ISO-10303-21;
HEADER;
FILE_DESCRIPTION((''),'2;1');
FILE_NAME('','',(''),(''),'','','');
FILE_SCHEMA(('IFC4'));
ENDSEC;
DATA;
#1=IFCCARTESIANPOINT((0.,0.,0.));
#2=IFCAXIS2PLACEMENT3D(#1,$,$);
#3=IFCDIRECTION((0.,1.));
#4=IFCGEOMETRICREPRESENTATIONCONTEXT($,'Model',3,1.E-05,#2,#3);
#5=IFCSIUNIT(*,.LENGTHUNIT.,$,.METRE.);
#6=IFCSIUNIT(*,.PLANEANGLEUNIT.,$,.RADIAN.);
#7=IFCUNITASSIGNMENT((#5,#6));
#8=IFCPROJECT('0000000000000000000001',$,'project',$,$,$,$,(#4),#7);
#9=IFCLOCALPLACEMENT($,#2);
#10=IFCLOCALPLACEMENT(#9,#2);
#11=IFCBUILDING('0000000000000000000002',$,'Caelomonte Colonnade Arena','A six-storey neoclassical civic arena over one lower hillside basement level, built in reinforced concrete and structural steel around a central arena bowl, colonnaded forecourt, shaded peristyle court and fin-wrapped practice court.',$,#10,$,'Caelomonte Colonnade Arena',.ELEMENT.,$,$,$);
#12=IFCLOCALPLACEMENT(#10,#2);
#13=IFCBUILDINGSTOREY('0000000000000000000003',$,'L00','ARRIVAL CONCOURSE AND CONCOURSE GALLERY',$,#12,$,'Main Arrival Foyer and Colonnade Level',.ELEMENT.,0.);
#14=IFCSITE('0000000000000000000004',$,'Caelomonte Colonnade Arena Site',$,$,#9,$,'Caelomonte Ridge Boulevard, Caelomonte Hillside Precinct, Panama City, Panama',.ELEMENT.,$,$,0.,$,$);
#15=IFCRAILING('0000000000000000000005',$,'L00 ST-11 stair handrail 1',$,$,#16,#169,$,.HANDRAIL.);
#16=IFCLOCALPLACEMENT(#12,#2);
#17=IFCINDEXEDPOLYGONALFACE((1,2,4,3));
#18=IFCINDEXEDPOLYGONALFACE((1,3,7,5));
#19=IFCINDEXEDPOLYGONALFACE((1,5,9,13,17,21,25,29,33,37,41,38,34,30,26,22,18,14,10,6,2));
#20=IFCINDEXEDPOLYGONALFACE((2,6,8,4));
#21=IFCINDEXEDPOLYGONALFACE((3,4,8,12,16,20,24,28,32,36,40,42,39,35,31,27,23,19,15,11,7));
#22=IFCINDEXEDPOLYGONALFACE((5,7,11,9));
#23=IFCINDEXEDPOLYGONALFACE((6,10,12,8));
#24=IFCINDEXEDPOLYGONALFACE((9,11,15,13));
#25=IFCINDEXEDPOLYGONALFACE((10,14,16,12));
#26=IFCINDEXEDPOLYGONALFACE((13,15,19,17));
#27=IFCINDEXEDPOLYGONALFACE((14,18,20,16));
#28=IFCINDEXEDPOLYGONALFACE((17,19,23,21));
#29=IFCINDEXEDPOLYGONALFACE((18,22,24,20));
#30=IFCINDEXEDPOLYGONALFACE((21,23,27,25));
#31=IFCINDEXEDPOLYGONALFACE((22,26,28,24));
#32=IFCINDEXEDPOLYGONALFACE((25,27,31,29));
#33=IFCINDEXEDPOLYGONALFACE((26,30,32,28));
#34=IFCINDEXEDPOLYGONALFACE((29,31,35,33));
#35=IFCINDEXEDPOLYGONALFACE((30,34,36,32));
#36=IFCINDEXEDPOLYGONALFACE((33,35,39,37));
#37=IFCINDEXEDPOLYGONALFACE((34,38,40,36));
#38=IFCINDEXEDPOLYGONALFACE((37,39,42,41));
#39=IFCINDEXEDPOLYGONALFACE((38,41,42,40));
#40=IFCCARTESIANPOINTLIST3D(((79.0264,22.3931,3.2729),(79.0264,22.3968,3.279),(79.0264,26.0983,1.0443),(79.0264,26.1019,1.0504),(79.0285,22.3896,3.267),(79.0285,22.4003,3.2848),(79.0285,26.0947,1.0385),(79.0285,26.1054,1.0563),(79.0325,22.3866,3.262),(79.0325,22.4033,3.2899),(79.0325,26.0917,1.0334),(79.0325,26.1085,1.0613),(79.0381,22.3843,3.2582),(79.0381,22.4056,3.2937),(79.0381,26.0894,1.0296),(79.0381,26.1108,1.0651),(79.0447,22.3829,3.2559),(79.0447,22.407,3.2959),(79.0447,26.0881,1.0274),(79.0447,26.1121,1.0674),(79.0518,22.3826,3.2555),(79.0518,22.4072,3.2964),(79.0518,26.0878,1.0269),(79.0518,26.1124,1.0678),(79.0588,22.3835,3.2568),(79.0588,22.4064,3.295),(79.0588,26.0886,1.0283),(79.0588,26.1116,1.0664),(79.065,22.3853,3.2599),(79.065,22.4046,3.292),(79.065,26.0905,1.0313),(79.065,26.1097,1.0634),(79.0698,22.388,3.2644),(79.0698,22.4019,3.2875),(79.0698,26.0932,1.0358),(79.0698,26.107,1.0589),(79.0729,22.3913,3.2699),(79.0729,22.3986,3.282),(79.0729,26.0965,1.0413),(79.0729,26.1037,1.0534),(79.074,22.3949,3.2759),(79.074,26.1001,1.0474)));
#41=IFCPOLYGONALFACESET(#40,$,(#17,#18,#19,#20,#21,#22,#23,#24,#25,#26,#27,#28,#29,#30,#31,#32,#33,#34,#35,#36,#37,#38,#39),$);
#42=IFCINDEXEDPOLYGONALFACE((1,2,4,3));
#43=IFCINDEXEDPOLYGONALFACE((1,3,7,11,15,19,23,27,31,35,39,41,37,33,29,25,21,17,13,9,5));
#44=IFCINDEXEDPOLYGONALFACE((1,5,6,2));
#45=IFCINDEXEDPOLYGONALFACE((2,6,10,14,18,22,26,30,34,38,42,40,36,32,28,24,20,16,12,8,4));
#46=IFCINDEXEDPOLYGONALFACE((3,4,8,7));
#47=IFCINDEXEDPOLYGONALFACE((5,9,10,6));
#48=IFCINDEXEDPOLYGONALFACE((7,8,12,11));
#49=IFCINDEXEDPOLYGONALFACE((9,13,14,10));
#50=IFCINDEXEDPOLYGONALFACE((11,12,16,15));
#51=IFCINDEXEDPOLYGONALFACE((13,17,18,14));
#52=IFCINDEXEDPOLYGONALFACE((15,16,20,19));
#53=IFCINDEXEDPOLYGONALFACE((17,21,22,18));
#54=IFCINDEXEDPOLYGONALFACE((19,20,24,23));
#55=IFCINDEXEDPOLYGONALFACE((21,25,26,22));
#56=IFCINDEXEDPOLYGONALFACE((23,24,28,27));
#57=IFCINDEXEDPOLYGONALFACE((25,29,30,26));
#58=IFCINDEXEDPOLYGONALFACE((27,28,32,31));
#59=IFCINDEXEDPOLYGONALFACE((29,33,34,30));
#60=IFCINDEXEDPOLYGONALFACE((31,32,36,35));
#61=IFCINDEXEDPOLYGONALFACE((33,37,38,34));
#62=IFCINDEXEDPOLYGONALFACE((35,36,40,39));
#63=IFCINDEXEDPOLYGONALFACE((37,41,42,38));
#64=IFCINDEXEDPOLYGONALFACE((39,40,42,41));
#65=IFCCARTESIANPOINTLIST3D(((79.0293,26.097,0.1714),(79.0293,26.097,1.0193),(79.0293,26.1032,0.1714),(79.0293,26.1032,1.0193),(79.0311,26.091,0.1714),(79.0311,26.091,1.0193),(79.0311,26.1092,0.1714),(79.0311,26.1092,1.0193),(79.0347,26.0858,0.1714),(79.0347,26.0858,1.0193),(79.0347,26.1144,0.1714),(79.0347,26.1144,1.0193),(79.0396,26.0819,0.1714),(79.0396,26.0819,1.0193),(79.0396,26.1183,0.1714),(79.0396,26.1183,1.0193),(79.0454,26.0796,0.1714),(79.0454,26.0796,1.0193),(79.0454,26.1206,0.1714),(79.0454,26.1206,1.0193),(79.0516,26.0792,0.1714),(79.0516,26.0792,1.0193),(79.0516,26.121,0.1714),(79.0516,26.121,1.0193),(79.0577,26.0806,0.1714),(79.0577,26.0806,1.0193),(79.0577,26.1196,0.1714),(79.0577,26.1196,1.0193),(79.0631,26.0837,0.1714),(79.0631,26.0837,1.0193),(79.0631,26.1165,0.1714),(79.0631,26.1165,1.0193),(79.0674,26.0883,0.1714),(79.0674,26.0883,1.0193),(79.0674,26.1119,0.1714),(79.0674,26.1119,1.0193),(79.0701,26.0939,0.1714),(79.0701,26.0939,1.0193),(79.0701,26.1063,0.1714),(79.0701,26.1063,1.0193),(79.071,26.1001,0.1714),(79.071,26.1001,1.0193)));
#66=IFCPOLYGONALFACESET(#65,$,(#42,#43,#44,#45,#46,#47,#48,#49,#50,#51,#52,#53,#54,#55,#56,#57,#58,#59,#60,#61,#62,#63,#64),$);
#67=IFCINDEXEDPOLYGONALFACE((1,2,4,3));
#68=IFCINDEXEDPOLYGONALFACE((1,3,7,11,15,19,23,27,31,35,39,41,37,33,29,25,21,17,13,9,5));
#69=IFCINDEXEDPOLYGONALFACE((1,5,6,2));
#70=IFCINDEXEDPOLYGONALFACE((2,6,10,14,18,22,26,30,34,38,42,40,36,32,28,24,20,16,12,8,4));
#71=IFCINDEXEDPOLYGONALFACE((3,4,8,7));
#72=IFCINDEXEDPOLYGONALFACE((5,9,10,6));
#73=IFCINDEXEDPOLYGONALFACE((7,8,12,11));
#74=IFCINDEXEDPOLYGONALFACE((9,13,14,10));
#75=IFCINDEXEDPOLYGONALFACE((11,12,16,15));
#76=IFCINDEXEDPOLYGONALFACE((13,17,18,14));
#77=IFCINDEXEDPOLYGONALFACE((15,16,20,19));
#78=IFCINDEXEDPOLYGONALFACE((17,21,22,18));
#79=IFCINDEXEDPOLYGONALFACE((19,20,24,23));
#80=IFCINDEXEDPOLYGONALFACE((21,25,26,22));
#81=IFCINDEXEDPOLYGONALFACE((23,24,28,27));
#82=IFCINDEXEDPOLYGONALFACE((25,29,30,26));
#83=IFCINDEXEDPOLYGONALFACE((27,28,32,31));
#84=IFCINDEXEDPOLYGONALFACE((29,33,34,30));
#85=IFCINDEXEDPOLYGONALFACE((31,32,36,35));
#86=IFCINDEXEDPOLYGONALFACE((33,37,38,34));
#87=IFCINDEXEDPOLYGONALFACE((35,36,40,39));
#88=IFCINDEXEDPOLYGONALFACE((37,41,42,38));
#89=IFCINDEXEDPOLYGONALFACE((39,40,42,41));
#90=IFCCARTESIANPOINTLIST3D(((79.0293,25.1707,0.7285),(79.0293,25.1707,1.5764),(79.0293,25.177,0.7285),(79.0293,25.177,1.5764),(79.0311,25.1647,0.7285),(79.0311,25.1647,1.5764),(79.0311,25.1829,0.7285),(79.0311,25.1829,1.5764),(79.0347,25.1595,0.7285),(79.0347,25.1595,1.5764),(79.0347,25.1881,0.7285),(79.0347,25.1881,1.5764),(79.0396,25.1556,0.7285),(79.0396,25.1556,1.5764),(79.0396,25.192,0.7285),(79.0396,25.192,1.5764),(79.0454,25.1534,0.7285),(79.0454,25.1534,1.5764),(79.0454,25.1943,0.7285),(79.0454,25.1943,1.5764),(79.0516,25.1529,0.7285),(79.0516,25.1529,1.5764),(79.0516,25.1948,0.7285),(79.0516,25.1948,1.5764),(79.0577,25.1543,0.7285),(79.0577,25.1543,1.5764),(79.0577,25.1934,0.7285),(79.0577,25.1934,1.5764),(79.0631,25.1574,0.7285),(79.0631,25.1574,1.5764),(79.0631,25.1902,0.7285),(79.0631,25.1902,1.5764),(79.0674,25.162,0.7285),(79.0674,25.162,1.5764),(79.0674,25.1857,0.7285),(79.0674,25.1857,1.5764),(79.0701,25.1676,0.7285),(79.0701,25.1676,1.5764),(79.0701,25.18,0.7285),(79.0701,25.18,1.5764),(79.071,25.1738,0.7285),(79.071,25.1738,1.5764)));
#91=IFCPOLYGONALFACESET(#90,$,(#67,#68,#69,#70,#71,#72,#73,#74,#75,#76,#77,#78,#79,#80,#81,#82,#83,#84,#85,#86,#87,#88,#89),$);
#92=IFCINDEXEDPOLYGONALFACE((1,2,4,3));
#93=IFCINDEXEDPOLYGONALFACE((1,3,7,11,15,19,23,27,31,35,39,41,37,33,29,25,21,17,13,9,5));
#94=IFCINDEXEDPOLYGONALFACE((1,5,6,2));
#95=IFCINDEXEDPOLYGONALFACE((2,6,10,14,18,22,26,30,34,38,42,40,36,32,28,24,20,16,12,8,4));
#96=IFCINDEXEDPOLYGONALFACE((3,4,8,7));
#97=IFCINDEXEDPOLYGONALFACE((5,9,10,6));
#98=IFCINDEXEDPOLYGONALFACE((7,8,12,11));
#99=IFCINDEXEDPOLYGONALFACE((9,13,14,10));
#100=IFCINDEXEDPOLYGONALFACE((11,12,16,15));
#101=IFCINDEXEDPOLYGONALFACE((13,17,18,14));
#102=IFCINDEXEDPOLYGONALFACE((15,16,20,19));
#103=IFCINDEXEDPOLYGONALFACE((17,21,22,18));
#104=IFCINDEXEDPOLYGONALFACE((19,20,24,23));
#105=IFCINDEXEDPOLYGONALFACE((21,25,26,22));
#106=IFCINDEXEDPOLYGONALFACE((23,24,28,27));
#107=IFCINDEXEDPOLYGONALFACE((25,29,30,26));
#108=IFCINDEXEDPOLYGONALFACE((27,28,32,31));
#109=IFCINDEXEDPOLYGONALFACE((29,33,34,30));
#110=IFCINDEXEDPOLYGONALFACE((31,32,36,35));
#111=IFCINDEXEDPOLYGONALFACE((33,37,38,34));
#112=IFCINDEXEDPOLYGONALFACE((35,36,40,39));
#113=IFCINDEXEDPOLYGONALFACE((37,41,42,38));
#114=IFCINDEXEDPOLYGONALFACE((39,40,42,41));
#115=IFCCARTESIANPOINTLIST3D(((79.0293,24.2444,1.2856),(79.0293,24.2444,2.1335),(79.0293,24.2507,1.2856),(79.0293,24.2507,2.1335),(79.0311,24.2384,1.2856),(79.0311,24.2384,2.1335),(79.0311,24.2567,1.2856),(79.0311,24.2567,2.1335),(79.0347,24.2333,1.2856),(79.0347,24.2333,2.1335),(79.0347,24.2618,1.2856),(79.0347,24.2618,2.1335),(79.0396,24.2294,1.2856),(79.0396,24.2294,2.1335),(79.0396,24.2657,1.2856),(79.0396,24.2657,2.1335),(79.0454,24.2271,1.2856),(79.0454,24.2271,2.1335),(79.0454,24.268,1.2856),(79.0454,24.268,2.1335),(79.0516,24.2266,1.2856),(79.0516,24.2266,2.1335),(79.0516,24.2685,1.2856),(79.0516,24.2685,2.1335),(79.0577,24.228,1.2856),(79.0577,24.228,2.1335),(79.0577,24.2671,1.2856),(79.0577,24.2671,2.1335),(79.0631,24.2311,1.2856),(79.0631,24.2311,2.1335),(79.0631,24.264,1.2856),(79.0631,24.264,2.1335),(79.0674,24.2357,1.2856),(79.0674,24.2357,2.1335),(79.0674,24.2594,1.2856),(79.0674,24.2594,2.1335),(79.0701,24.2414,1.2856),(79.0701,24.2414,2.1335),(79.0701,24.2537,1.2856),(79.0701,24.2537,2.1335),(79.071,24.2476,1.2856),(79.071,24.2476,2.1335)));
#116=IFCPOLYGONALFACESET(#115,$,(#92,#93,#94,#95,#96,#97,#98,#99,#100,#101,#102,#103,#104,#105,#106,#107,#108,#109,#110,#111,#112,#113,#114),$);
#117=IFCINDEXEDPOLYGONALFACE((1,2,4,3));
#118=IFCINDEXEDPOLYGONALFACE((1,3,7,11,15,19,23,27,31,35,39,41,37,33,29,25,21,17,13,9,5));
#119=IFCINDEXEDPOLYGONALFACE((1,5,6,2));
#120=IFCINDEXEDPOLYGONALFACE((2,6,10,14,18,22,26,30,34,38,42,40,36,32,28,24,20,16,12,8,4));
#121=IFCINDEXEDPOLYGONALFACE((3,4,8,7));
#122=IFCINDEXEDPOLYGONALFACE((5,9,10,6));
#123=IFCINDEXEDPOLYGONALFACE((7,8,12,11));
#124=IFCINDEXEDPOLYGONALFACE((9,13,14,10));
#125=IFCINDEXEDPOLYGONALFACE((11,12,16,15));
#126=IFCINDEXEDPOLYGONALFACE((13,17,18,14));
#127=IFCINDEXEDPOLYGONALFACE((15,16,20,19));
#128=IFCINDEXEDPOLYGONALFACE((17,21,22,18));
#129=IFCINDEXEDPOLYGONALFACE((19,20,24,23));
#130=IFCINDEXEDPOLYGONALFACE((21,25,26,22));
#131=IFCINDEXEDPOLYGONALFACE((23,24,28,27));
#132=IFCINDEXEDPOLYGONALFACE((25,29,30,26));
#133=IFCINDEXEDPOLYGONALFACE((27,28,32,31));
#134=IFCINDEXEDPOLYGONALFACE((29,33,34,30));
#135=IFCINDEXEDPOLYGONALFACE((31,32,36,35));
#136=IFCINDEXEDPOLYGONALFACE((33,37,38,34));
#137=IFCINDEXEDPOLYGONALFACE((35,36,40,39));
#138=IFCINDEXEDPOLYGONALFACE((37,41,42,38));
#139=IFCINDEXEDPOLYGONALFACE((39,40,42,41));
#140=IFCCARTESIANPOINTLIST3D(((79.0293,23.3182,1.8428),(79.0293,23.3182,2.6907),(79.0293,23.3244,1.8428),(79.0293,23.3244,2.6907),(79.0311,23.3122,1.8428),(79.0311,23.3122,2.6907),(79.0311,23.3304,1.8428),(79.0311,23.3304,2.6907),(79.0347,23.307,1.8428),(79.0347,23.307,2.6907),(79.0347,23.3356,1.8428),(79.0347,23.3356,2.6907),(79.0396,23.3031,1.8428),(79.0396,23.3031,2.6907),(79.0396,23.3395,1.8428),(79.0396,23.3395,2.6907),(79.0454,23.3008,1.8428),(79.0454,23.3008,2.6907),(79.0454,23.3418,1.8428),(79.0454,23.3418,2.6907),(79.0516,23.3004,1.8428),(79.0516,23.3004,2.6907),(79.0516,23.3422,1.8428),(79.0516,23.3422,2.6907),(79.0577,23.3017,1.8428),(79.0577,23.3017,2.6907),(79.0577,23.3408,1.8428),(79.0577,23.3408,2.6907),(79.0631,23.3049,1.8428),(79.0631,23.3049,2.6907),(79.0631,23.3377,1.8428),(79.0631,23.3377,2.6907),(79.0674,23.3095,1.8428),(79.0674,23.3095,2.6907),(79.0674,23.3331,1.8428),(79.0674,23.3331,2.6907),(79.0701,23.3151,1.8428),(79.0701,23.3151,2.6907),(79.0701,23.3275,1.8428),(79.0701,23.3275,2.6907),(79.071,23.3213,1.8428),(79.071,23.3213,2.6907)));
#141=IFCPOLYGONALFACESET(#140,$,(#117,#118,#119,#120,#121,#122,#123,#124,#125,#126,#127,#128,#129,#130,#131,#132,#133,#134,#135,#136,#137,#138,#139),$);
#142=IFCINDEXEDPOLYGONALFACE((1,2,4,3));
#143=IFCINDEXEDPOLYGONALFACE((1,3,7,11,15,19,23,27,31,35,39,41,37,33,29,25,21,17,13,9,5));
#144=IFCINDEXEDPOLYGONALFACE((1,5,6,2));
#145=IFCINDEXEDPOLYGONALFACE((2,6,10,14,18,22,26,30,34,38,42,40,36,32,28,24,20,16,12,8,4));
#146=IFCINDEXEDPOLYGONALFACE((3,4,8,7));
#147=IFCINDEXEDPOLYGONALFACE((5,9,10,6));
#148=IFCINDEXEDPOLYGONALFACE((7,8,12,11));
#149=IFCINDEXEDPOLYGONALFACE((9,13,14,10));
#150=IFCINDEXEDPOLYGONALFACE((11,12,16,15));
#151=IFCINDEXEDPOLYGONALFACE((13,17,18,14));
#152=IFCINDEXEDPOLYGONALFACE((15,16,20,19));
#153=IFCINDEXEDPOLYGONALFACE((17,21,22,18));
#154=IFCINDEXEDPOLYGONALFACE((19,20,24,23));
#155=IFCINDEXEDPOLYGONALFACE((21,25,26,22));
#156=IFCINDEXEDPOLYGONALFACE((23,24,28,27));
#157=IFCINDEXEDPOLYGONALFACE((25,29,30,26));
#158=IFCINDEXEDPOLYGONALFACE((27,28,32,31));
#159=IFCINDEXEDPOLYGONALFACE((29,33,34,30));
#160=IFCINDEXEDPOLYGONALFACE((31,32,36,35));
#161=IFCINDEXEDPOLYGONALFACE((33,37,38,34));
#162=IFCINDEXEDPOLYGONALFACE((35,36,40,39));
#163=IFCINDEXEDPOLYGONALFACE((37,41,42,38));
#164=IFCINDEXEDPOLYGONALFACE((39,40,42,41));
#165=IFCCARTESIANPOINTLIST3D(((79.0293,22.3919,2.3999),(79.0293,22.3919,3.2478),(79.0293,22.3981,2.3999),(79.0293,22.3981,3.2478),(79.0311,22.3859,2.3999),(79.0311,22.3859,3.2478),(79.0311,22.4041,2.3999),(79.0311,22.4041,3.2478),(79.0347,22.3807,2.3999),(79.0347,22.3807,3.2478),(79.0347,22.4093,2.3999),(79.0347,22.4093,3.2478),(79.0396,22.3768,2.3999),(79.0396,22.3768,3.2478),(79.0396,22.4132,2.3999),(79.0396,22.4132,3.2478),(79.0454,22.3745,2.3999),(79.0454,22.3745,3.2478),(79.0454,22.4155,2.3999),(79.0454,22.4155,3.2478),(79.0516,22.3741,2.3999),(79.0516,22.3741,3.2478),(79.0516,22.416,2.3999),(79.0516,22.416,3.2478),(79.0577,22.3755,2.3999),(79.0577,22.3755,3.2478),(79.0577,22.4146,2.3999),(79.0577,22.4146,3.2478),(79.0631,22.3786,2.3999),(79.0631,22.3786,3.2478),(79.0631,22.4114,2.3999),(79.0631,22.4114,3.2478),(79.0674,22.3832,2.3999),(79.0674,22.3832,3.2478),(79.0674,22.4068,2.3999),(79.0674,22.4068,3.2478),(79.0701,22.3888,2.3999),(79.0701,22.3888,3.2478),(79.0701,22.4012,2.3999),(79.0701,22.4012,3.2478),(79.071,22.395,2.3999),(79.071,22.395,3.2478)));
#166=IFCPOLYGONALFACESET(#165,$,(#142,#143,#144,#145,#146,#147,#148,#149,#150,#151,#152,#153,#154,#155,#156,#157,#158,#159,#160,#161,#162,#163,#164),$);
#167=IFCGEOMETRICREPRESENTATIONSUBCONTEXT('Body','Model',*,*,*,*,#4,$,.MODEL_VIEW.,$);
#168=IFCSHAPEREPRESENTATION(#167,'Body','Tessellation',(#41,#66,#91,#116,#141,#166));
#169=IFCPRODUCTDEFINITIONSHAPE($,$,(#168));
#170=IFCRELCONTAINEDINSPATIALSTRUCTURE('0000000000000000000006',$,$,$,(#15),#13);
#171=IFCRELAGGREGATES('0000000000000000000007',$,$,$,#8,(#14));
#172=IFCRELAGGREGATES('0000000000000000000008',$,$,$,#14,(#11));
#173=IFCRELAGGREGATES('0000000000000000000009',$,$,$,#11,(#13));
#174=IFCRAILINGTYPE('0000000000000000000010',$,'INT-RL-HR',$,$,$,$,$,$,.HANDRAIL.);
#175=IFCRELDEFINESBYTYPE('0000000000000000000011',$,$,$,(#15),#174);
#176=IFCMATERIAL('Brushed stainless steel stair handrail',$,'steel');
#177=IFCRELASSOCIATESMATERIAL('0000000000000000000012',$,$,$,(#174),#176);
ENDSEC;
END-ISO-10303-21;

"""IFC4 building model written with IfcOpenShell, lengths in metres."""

from ifc_helpers import new_model, si_unit, direction, frame, origin, origin_2d, place, context, subcontext, project, spatial, circle, extrude, material, type_object, element, save


model = new_model("IFC4")

# Units and contexts
model_context = context("Model", 3, precision=1e-05, world=origin(), true_north=direction((0.0, 1.0)))
body_context = subcontext(model_context, "Body", "Model", "MODEL_VIEW")
ifc_project = project(units=[si_unit("LENGTHUNIT", "METRE"), si_unit("PLANEANGLEUNIT", "RADIAN")], contexts=[model_context])

# Site, building, storey
site_placement = place(None, origin())
site = spatial("IfcSite", under=ifc_project, at=site_placement, Name="Caelomonte Colonnade Arena Site", LongName="Caelomonte Ridge Boulevard, Caelomonte Hillside Precinct, Panama City, Panama", CompositionType="ELEMENT", RefElevation=0.0)
building_placement = place(site_placement, origin())
building = spatial("IfcBuilding", under=site, at=building_placement, Name="Caelomonte Colonnade Arena", Description="A six-storey neoclassical civic arena over one lower hillside basement level, built in reinforced concrete and structural steel around a central arena bowl, colonnaded forecourt, shaded peristyle court and fin-wrapped practice court.", LongName="Caelomonte Colonnade Arena", CompositionType="ELEMENT")
storey_placement = place(building_placement, origin())
storey = spatial("IfcBuildingStorey", under=building, at=storey_placement, Name="L00", Description="ARRIVAL CONCOURSE AND CONCOURSE GALLERY", LongName="Main Arrival Foyer and Colonnade Level", CompositionType="ELEMENT", Elevation=0.0)

# Railing
ifc_material_1 = material(Name="Brushed stainless steel stair handrail", Category="steel")
railing_type_1 = type_object("IfcRailingType", Name="INT-RL-HR", PredefinedType="HANDRAIL", material=ifc_material_1)
railing_1_placement = place(storey_placement, frame((79.05, 26.1001, 0.1714)))
element("IfcRailing", 1, at=railing_1_placement, inside=storey, type_object=railing_type_1, Name="L00 ST-11 stair handrail 1", PredefinedType="HANDRAIL", context=body_context, shape_type="SweptSolid", body=[
    extrude(circle(Radius=0.0239, at=origin_2d()), frame((0.0, 0.0, 0.876), z_axis=(0.0, -0.856934, 0.515425), x_axis=(1.0, 0.0, 0.0)), (0.0, 0.0, 1.0), 4.3237),
    extrude(circle(Radius=0.021, at=origin_2d()), origin(), (0.0, 0.0, 1.0), 0.8479),
    extrude(circle(Radius=0.021, at=origin_2d()), frame((0.0, -0.9263, 0.5571)), (0.0, 0.0, 1.0), 0.8479),
    extrude(circle(Radius=0.021, at=origin_2d()), frame((0.0, -1.8525, 1.1143)), (0.0, 0.0, 1.0), 0.8479),
    extrude(circle(Radius=0.021, at=origin_2d()), frame((0.0, -2.7788, 1.6714)), (0.0, 0.0, 1.0), 0.8479),
    extrude(circle(Radius=0.021, at=origin_2d()), frame((0.0, -3.7051, 2.2285)), (0.0, 0.0, 1.0), 0.8479),
])

save(model, "model.ifc")
